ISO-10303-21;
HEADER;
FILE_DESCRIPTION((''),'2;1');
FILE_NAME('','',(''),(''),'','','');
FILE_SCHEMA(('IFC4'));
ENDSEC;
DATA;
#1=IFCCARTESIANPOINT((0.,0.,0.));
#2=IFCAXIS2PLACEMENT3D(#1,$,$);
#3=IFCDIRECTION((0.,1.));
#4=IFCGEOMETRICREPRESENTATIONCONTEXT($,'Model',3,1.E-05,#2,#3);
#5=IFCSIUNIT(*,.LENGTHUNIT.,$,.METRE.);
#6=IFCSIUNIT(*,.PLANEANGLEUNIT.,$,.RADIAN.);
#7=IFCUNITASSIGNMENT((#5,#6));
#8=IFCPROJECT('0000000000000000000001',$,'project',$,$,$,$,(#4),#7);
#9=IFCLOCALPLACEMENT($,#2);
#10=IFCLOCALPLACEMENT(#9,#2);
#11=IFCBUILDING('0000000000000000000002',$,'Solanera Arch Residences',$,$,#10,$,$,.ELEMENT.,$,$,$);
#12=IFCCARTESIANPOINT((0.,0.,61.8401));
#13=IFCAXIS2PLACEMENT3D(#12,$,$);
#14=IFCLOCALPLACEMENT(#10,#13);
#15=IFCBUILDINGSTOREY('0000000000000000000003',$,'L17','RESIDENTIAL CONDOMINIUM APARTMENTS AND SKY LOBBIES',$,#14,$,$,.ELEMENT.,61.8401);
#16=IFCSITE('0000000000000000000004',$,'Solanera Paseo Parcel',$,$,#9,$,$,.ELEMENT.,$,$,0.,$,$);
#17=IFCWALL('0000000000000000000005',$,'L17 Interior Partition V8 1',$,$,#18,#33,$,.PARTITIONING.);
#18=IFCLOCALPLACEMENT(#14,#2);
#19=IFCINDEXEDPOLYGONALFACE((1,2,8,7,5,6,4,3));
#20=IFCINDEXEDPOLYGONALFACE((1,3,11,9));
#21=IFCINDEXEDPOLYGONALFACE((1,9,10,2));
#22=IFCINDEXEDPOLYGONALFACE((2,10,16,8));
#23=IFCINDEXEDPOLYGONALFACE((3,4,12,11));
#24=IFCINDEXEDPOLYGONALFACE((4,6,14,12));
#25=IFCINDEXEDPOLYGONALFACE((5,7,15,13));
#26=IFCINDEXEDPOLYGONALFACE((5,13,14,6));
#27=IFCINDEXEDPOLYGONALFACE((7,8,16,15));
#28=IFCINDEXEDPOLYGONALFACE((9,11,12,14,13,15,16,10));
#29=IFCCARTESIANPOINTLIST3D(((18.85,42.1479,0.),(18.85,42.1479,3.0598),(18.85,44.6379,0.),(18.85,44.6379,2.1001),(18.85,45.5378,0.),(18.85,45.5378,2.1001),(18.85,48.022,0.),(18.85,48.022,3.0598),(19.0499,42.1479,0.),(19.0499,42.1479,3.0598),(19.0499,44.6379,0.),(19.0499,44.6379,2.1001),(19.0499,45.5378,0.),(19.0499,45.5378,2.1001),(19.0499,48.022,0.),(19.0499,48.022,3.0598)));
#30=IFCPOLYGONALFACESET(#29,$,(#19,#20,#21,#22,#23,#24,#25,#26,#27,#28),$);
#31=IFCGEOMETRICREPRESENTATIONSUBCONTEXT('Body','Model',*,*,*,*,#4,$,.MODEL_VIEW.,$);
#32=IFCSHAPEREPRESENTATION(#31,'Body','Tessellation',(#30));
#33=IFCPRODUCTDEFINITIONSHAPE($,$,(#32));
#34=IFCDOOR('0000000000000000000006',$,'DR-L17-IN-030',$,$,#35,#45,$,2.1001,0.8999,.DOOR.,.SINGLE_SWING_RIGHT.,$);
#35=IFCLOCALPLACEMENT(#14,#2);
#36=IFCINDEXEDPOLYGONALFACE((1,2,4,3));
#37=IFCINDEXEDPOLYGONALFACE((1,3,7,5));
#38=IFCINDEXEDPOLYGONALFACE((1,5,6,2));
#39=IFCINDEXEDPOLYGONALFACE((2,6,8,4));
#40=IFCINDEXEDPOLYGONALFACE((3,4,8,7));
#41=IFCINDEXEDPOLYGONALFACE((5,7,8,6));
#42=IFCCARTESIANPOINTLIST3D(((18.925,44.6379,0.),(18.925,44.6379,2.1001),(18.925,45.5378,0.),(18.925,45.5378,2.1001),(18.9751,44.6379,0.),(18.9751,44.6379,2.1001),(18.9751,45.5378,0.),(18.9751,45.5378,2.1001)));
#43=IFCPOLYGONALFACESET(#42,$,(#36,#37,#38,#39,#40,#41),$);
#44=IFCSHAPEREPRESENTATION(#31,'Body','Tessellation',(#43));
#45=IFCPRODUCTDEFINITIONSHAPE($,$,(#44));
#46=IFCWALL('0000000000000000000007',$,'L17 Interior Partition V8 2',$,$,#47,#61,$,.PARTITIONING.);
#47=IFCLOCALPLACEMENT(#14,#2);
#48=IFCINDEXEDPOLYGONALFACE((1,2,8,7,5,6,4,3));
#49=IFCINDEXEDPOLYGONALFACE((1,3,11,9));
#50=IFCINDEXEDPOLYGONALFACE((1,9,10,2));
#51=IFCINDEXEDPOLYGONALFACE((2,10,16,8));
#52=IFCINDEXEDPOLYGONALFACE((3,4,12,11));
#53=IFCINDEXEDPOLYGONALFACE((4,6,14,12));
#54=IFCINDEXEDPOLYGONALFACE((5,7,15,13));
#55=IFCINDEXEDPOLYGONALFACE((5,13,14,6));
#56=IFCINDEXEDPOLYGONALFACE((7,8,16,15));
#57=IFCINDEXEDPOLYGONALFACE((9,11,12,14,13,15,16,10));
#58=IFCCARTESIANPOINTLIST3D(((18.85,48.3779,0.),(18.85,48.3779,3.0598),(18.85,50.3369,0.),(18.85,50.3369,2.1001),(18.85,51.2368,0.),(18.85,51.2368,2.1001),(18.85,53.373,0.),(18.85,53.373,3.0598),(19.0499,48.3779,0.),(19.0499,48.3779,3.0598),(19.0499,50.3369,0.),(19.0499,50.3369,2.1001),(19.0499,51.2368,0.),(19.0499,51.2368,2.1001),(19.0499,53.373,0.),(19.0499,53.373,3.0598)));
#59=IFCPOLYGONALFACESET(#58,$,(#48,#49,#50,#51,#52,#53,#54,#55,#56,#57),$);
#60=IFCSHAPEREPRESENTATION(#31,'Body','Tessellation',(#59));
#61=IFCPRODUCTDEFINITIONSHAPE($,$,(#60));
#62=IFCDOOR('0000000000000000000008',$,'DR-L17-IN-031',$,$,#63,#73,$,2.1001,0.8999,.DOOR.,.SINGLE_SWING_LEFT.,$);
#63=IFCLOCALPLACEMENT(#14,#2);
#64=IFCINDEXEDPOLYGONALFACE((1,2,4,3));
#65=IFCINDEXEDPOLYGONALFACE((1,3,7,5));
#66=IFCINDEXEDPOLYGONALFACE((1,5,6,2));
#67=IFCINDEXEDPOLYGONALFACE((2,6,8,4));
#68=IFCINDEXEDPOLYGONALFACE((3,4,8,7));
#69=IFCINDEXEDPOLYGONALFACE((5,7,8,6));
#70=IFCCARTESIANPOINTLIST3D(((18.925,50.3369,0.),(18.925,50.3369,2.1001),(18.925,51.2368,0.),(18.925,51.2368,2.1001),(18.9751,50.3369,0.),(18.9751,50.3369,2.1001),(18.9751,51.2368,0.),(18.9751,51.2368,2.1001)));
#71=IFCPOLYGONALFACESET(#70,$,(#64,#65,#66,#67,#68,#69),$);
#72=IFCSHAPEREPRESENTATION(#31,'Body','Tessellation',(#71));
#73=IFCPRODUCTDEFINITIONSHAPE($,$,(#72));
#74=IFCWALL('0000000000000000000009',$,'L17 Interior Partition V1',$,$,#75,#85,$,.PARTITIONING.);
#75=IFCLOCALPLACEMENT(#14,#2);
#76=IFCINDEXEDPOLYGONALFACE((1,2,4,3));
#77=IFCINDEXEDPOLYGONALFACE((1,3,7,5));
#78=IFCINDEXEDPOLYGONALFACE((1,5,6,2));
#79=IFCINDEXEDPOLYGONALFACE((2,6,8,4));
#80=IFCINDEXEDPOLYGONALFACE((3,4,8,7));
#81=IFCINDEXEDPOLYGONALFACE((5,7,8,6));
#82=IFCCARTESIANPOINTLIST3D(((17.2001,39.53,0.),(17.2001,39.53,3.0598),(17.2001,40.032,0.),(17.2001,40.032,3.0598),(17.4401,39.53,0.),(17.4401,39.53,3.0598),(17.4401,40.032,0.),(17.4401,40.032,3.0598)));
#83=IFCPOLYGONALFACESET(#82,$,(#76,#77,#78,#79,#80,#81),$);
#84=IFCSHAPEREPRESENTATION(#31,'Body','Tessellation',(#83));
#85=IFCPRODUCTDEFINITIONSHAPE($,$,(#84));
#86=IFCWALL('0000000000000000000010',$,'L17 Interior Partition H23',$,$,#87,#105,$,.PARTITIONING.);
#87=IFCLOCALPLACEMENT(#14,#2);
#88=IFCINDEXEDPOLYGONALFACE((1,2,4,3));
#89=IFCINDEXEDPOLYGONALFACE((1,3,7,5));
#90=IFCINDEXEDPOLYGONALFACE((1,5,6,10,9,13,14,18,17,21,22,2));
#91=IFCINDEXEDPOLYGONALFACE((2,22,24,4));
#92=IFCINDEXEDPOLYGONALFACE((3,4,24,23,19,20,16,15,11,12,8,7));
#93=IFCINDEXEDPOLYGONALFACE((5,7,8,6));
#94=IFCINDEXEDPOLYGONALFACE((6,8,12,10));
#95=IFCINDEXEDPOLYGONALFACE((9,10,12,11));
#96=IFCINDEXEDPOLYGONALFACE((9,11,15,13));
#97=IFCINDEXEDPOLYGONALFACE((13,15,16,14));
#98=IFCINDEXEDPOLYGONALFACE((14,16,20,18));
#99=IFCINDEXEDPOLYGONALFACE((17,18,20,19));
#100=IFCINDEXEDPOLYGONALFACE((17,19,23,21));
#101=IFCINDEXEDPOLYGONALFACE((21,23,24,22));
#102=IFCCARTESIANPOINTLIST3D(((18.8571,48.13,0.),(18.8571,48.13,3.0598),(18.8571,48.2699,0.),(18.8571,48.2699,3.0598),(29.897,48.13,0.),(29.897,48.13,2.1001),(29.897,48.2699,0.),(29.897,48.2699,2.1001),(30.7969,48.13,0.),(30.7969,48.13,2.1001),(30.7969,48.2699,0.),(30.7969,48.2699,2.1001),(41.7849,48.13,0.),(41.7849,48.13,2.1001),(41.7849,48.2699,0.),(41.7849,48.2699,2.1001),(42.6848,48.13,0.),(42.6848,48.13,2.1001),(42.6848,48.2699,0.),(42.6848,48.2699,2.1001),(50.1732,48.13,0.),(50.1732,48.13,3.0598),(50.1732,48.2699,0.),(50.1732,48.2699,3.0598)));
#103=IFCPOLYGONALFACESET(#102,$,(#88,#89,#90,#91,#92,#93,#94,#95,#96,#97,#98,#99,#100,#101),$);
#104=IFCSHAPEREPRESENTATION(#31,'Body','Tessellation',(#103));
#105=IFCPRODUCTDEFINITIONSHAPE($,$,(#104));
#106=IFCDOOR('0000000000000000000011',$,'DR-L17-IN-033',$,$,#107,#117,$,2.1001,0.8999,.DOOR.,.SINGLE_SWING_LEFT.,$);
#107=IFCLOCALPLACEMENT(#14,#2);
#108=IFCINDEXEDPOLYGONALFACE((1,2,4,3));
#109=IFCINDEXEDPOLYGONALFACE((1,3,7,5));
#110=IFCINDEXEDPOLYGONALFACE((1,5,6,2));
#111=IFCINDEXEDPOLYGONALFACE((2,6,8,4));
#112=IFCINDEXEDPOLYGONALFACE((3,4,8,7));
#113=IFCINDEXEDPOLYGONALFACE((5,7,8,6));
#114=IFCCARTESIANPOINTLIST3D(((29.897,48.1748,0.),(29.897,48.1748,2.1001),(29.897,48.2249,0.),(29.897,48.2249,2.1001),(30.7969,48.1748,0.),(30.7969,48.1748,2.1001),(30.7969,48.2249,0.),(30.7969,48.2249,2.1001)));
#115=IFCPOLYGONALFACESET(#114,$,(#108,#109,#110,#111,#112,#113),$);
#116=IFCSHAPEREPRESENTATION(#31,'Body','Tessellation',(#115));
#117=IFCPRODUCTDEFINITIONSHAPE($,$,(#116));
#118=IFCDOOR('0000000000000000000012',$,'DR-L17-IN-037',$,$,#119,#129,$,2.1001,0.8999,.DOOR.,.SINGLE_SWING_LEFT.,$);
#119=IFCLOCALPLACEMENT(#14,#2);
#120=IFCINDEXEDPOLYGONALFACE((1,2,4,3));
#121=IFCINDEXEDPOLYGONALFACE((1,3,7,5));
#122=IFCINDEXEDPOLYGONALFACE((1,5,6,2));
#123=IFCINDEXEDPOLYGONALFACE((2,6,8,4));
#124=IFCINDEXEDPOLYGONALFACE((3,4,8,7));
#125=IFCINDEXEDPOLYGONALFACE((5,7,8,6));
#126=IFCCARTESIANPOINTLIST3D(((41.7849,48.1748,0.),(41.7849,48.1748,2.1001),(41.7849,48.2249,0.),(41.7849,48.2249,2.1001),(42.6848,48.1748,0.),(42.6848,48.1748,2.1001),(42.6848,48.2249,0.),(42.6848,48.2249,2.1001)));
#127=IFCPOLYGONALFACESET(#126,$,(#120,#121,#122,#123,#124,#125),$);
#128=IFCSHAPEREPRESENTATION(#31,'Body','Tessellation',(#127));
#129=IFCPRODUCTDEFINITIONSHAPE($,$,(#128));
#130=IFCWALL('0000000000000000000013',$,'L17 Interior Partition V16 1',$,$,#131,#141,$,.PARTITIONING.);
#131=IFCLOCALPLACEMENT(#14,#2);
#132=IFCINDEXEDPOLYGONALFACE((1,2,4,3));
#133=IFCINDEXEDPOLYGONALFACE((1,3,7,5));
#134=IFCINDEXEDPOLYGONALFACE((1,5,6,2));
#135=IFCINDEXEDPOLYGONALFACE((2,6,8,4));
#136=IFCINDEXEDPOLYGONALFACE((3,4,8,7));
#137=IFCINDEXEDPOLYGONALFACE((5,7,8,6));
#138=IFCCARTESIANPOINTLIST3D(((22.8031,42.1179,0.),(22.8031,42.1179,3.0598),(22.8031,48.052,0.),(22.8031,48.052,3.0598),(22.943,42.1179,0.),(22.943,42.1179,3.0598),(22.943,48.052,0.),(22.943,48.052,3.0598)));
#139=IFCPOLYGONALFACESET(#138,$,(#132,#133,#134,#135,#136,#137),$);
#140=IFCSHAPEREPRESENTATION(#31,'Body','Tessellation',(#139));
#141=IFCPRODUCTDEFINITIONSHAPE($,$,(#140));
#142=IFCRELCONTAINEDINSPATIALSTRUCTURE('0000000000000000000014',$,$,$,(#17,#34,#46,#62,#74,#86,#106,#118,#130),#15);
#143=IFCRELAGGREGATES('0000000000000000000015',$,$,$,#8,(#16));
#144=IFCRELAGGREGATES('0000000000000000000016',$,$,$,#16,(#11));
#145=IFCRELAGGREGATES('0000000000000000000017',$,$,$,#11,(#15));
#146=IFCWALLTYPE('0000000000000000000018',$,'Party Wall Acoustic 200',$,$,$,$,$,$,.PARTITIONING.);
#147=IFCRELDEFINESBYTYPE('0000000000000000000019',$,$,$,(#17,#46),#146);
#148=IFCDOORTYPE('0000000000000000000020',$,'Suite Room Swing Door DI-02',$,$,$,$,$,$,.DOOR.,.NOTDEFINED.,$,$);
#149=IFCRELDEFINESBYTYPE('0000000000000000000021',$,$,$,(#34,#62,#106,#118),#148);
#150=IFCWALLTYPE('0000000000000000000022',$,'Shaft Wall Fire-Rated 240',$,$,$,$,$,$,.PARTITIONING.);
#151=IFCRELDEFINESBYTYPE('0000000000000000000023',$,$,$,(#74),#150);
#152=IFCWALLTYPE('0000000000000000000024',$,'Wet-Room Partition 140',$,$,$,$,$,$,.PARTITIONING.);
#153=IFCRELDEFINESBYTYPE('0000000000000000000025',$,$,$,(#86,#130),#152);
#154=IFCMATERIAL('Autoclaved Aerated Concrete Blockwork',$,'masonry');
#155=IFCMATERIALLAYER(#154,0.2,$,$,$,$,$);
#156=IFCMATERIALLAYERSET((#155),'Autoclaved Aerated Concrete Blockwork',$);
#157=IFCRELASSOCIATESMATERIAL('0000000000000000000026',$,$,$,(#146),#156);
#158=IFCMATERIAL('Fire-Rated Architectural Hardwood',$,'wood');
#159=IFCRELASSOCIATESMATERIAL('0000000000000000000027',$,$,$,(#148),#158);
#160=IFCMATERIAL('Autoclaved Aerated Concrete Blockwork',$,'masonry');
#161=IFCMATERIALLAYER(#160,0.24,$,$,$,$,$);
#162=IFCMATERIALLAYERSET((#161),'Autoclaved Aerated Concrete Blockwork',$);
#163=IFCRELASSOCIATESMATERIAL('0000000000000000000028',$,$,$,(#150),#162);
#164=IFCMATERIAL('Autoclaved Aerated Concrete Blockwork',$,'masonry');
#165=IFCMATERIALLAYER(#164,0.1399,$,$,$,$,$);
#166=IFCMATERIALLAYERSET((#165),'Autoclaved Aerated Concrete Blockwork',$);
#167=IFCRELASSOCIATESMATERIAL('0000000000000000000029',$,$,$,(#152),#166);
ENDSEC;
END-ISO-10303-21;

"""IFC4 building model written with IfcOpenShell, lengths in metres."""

from ifc_helpers import new_model, si_unit, direction, frame, frame_2d, origin, place, context, subcontext, project, spatial, rectangle, extrude, material, layer, layer_set, type_object, element, fill, save


model = new_model("IFC4")

# Units and contexts
model_context = context("Model", 3, precision=1e-05, world=origin(), true_north=direction((0.0, 1.0)))
body_context = subcontext(model_context, "Body", "Model", "MODEL_VIEW")
ifc_project = project(units=[si_unit("LENGTHUNIT", "METRE"), si_unit("PLANEANGLEUNIT", "RADIAN")], contexts=[model_context])

# Site, building, storey
site_placement = place(None, origin())
site = spatial("IfcSite", under=ifc_project, at=site_placement, Name="Solanera Paseo Parcel", CompositionType="ELEMENT", RefElevation=0.0)
building_placement = place(site_placement, origin())
building = spatial("IfcBuilding", under=site, at=building_placement, Name="Solanera Arch Residences", CompositionType="ELEMENT")
storey_placement = place(building_placement, frame((0.0, 0.0, 61.8401)))
storey = spatial("IfcBuildingStorey", under=building, at=storey_placement, Name="L17", Description="RESIDENTIAL CONDOMINIUM APARTMENTS AND SKY LOBBIES", CompositionType="ELEMENT", Elevation=61.8401)

# Walls, openings, doors
ifc_material_1 = material(Name="Autoclaved Aerated Concrete Blockwork", Category="masonry")
ifc_layer_1 = layer(ifc_material_1, 0.2)
ifc_layer_set_1 = layer_set([ifc_layer_1], Name="Autoclaved Aerated Concrete Blockwork")
wall_type_1 = type_object("IfcWallType", Name="Party Wall Acoustic 200", PredefinedType="PARTITIONING", material=ifc_layer_set_1)
wall_1_placement = place(storey_placement, frame((18.95, 42.1479, 0.0), z_axis=(0.0, 0.0, 1.0), x_axis=(0.0, 1.0, 0.0)))
wall_1 = element("IfcWall", 1, at=wall_1_placement, inside=storey, type_object=wall_type_1, Name="L17 Interior Partition V8 1", PredefinedType="PARTITIONING", context=body_context, shape_type="SweptSolid", body=[
    extrude(rectangle(XDim=5.874, YDim=0.2, at=frame_2d((2.937, 0.0))), origin(), (0.0, 0.0, 1.0), 3.0598),
])
opening_1_placement = place(wall_1_placement, frame((2.49, 0.0, 0.0)))
opening_1 = element("IfcOpeningElement", 2, at=opening_1_placement, cuts=wall_1, PredefinedType="OPENING", context=body_context, shape_type="SweptSolid", body=[
    extrude(rectangle(XDim=0.8999, YDim=2.1001, at=frame_2d((0.45, 1.05))), frame((0.0, 0.1101, 0.0), z_axis=(0.0, -1.0, 0.0), x_axis=(1.0, 0.0, 0.0)), (0.0, 0.0, 1.0), 0.22),
])
ifc_material_2 = material(Name="Fire-Rated Architectural Hardwood", Category="wood")
door_type = type_object("IfcDoorType", Name="Suite Room Swing Door DI-02", OperationType="NOTDEFINED", PredefinedType="DOOR", material=ifc_material_2)
door_1_placement = place(opening_1_placement, origin())
door_1 = element("IfcDoor", 3, at=door_1_placement, inside=storey, type_object=door_type, Name="DR-L17-IN-030", OperationType="SINGLE_SWING_RIGHT", OverallHeight=2.1001, OverallWidth=0.8999, PredefinedType="DOOR", context=body_context, shape_type="SweptSolid", body=[
    extrude(rectangle(XDim=0.8999, YDim=2.1001, at=frame_2d((0.45, 1.05))), frame((0.0, 0.0249, 0.0), z_axis=(0.0, -1.0, 0.0), x_axis=(1.0, 0.0, 0.0)), (0.0, 0.0, 1.0), 0.05),
])
fill(opening_1, door_1)
wall_2_placement = place(storey_placement, frame((18.95, 48.3779, 0.0), z_axis=(0.0, 0.0, 1.0), x_axis=(0.0, 1.0, 0.0)))
wall_2 = element("IfcWall", 4, at=wall_2_placement, inside=storey, type_object=wall_type_1, Name="L17 Interior Partition V8 2", PredefinedType="PARTITIONING", context=body_context, shape_type="SweptSolid", body=[
    extrude(rectangle(XDim=4.9951, YDim=0.2, at=frame_2d((2.4976, 0.0))), origin(), (0.0, 0.0, 1.0), 3.0598),
])
opening_2_placement = place(wall_2_placement, frame((1.959, 0.0, 0.0)))
opening_2 = element("IfcOpeningElement", 5, at=opening_2_placement, cuts=wall_2, PredefinedType="OPENING", context=body_context, shape_type="SweptSolid", body=[
    extrude(rectangle(XDim=0.8999, YDim=2.1001, at=frame_2d((0.45, 1.05))), frame((0.0, 0.1101, 0.0), z_axis=(0.0, -1.0, 0.0), x_axis=(1.0, 0.0, 0.0)), (0.0, 0.0, 1.0), 0.22),
])
door_2_placement = place(opening_2_placement, origin())
door_2 = element("IfcDoor", 6, at=door_2_placement, inside=storey, type_object=door_type, Name="DR-L17-IN-031", OperationType="SINGLE_SWING_LEFT", OverallHeight=2.1001, OverallWidth=0.8999, PredefinedType="DOOR", context=body_context, shape_type="SweptSolid", body=[
    extrude(rectangle(XDim=0.8999, YDim=2.1001, at=frame_2d((0.45, 1.05))), frame((0.0, 0.0249, 0.0), z_axis=(0.0, -1.0, 0.0), x_axis=(1.0, 0.0, 0.0)), (0.0, 0.0, 1.0), 0.05),
])
fill(opening_2, door_2)

# Wall
ifc_material_3 = material(Name="Autoclaved Aerated Concrete Blockwork", Category="masonry")
ifc_layer_2 = layer(ifc_material_3, 0.24)
ifc_layer_set_2 = layer_set([ifc_layer_2], Name="Autoclaved Aerated Concrete Blockwork")
wall_type_2 = type_object("IfcWallType", Name="Shaft Wall Fire-Rated 240", PredefinedType="PARTITIONING", material=ifc_layer_set_2)
wall_3_placement = place(storey_placement, frame((17.3201, 39.53, 0.0), z_axis=(0.0, 0.0, 1.0), x_axis=(0.0, 1.0, 0.0)))
element("IfcWall", 7, at=wall_3_placement, inside=storey, type_object=wall_type_2, Name="L17 Interior Partition V1", PredefinedType="PARTITIONING", context=body_context, shape_type="SweptSolid", body=[
    extrude(rectangle(XDim=0.502, YDim=0.24, at=frame_2d((0.251, 0.0))), origin(), (0.0, 0.0, 1.0), 3.0598),
])

# Wall, openings, doors
ifc_material_4 = material(Name="Autoclaved Aerated Concrete Blockwork", Category="masonry")
ifc_layer_3 = layer(ifc_material_4, 0.1399)
ifc_layer_set_3 = layer_set([ifc_layer_3], Name="Autoclaved Aerated Concrete Blockwork")
wall_type_3 = type_object("IfcWallType", Name="Wet-Room Partition 140", PredefinedType="PARTITIONING", material=ifc_layer_set_3)
wall_4_placement = place(storey_placement, frame((18.8569, 48.2, 0.0), z_axis=(0.0, 0.0, 1.0), x_axis=(1.0, 0.0, 0.0)))
wall_4 = element("IfcWall", 8, at=wall_4_placement, inside=storey, type_object=wall_type_3, Name="L17 Interior Partition H23", PredefinedType="PARTITIONING", context=body_context, shape_type="SweptSolid", body=[
    extrude(rectangle(XDim=31.3162, YDim=0.1399, at=frame_2d((15.6582, 0.0))), origin(), (0.0, 0.0, 1.0), 3.0598),
])
opening_3_placement = place(wall_4_placement, frame((11.04, 0.0, 0.0)))
opening_3 = element("IfcOpeningElement", 9, at=opening_3_placement, cuts=wall_4, PredefinedType="OPENING", context=body_context, shape_type="SweptSolid", body=[
    extrude(rectangle(XDim=0.8999, YDim=2.1001, at=frame_2d((0.45, 1.05))), frame((0.0, 0.0798, 0.0), z_axis=(0.0, -1.0, 0.0), x_axis=(1.0, 0.0, 0.0)), (0.0, 0.0, 1.0), 0.1599),
])
opening_4_placement = place(wall_4_placement, frame((22.928, 0.0, 0.0)))
opening_4 = element("IfcOpeningElement", 10, at=opening_4_placement, cuts=wall_4, PredefinedType="OPENING", context=body_context, shape_type="SweptSolid", body=[
    extrude(rectangle(XDim=0.8999, YDim=2.1001, at=frame_2d((0.45, 1.05))), frame((0.0, 0.0798, 0.0), z_axis=(0.0, -1.0, 0.0), x_axis=(1.0, 0.0, 0.0)), (0.0, 0.0, 1.0), 0.1599),
])
door_3_placement = place(opening_3_placement, origin())
door_3 = element("IfcDoor", 11, at=door_3_placement, inside=storey, type_object=door_type, Name="DR-L17-IN-033", OperationType="SINGLE_SWING_LEFT", OverallHeight=2.1001, OverallWidth=0.8999, PredefinedType="DOOR", context=body_context, shape_type="SweptSolid", body=[
    extrude(rectangle(XDim=0.8999, YDim=2.1001, at=frame_2d((0.45, 1.05))), frame((0.0, 0.0249, 0.0), z_axis=(0.0, -1.0, 0.0), x_axis=(1.0, 0.0, 0.0)), (0.0, 0.0, 1.0), 0.05),
])
fill(opening_3, door_3)
door_4_placement = place(opening_4_placement, origin())
door_4 = element("IfcDoor", 12, at=door_4_placement, inside=storey, type_object=door_type, Name="DR-L17-IN-037", OperationType="SINGLE_SWING_LEFT", OverallHeight=2.1001, OverallWidth=0.8999, PredefinedType="DOOR", context=body_context, shape_type="SweptSolid", body=[
    extrude(rectangle(XDim=0.8999, YDim=2.1001, at=frame_2d((0.45, 1.05))), frame((0.0, 0.0249, 0.0), z_axis=(0.0, -1.0, 0.0), x_axis=(1.0, 0.0, 0.0)), (0.0, 0.0, 1.0), 0.05),
])
fill(opening_4, door_4)

# Wall
wall_5_placement = place(storey_placement, frame((22.873, 42.1179, 0.0), z_axis=(0.0, 0.0, 1.0), x_axis=(0.0, 1.0, 0.0)))
element("IfcWall", 13, at=wall_5_placement, inside=storey, type_object=wall_type_3, Name="L17 Interior Partition V16 1", PredefinedType="PARTITIONING", context=body_context, shape_type="SweptSolid", body=[
    extrude(rectangle(XDim=5.9341, YDim=0.1399, at=frame_2d((2.967, 0.0))), origin(), (0.0, 0.0, 1.0), 3.0598),
])

save(model, "model.ifc")
